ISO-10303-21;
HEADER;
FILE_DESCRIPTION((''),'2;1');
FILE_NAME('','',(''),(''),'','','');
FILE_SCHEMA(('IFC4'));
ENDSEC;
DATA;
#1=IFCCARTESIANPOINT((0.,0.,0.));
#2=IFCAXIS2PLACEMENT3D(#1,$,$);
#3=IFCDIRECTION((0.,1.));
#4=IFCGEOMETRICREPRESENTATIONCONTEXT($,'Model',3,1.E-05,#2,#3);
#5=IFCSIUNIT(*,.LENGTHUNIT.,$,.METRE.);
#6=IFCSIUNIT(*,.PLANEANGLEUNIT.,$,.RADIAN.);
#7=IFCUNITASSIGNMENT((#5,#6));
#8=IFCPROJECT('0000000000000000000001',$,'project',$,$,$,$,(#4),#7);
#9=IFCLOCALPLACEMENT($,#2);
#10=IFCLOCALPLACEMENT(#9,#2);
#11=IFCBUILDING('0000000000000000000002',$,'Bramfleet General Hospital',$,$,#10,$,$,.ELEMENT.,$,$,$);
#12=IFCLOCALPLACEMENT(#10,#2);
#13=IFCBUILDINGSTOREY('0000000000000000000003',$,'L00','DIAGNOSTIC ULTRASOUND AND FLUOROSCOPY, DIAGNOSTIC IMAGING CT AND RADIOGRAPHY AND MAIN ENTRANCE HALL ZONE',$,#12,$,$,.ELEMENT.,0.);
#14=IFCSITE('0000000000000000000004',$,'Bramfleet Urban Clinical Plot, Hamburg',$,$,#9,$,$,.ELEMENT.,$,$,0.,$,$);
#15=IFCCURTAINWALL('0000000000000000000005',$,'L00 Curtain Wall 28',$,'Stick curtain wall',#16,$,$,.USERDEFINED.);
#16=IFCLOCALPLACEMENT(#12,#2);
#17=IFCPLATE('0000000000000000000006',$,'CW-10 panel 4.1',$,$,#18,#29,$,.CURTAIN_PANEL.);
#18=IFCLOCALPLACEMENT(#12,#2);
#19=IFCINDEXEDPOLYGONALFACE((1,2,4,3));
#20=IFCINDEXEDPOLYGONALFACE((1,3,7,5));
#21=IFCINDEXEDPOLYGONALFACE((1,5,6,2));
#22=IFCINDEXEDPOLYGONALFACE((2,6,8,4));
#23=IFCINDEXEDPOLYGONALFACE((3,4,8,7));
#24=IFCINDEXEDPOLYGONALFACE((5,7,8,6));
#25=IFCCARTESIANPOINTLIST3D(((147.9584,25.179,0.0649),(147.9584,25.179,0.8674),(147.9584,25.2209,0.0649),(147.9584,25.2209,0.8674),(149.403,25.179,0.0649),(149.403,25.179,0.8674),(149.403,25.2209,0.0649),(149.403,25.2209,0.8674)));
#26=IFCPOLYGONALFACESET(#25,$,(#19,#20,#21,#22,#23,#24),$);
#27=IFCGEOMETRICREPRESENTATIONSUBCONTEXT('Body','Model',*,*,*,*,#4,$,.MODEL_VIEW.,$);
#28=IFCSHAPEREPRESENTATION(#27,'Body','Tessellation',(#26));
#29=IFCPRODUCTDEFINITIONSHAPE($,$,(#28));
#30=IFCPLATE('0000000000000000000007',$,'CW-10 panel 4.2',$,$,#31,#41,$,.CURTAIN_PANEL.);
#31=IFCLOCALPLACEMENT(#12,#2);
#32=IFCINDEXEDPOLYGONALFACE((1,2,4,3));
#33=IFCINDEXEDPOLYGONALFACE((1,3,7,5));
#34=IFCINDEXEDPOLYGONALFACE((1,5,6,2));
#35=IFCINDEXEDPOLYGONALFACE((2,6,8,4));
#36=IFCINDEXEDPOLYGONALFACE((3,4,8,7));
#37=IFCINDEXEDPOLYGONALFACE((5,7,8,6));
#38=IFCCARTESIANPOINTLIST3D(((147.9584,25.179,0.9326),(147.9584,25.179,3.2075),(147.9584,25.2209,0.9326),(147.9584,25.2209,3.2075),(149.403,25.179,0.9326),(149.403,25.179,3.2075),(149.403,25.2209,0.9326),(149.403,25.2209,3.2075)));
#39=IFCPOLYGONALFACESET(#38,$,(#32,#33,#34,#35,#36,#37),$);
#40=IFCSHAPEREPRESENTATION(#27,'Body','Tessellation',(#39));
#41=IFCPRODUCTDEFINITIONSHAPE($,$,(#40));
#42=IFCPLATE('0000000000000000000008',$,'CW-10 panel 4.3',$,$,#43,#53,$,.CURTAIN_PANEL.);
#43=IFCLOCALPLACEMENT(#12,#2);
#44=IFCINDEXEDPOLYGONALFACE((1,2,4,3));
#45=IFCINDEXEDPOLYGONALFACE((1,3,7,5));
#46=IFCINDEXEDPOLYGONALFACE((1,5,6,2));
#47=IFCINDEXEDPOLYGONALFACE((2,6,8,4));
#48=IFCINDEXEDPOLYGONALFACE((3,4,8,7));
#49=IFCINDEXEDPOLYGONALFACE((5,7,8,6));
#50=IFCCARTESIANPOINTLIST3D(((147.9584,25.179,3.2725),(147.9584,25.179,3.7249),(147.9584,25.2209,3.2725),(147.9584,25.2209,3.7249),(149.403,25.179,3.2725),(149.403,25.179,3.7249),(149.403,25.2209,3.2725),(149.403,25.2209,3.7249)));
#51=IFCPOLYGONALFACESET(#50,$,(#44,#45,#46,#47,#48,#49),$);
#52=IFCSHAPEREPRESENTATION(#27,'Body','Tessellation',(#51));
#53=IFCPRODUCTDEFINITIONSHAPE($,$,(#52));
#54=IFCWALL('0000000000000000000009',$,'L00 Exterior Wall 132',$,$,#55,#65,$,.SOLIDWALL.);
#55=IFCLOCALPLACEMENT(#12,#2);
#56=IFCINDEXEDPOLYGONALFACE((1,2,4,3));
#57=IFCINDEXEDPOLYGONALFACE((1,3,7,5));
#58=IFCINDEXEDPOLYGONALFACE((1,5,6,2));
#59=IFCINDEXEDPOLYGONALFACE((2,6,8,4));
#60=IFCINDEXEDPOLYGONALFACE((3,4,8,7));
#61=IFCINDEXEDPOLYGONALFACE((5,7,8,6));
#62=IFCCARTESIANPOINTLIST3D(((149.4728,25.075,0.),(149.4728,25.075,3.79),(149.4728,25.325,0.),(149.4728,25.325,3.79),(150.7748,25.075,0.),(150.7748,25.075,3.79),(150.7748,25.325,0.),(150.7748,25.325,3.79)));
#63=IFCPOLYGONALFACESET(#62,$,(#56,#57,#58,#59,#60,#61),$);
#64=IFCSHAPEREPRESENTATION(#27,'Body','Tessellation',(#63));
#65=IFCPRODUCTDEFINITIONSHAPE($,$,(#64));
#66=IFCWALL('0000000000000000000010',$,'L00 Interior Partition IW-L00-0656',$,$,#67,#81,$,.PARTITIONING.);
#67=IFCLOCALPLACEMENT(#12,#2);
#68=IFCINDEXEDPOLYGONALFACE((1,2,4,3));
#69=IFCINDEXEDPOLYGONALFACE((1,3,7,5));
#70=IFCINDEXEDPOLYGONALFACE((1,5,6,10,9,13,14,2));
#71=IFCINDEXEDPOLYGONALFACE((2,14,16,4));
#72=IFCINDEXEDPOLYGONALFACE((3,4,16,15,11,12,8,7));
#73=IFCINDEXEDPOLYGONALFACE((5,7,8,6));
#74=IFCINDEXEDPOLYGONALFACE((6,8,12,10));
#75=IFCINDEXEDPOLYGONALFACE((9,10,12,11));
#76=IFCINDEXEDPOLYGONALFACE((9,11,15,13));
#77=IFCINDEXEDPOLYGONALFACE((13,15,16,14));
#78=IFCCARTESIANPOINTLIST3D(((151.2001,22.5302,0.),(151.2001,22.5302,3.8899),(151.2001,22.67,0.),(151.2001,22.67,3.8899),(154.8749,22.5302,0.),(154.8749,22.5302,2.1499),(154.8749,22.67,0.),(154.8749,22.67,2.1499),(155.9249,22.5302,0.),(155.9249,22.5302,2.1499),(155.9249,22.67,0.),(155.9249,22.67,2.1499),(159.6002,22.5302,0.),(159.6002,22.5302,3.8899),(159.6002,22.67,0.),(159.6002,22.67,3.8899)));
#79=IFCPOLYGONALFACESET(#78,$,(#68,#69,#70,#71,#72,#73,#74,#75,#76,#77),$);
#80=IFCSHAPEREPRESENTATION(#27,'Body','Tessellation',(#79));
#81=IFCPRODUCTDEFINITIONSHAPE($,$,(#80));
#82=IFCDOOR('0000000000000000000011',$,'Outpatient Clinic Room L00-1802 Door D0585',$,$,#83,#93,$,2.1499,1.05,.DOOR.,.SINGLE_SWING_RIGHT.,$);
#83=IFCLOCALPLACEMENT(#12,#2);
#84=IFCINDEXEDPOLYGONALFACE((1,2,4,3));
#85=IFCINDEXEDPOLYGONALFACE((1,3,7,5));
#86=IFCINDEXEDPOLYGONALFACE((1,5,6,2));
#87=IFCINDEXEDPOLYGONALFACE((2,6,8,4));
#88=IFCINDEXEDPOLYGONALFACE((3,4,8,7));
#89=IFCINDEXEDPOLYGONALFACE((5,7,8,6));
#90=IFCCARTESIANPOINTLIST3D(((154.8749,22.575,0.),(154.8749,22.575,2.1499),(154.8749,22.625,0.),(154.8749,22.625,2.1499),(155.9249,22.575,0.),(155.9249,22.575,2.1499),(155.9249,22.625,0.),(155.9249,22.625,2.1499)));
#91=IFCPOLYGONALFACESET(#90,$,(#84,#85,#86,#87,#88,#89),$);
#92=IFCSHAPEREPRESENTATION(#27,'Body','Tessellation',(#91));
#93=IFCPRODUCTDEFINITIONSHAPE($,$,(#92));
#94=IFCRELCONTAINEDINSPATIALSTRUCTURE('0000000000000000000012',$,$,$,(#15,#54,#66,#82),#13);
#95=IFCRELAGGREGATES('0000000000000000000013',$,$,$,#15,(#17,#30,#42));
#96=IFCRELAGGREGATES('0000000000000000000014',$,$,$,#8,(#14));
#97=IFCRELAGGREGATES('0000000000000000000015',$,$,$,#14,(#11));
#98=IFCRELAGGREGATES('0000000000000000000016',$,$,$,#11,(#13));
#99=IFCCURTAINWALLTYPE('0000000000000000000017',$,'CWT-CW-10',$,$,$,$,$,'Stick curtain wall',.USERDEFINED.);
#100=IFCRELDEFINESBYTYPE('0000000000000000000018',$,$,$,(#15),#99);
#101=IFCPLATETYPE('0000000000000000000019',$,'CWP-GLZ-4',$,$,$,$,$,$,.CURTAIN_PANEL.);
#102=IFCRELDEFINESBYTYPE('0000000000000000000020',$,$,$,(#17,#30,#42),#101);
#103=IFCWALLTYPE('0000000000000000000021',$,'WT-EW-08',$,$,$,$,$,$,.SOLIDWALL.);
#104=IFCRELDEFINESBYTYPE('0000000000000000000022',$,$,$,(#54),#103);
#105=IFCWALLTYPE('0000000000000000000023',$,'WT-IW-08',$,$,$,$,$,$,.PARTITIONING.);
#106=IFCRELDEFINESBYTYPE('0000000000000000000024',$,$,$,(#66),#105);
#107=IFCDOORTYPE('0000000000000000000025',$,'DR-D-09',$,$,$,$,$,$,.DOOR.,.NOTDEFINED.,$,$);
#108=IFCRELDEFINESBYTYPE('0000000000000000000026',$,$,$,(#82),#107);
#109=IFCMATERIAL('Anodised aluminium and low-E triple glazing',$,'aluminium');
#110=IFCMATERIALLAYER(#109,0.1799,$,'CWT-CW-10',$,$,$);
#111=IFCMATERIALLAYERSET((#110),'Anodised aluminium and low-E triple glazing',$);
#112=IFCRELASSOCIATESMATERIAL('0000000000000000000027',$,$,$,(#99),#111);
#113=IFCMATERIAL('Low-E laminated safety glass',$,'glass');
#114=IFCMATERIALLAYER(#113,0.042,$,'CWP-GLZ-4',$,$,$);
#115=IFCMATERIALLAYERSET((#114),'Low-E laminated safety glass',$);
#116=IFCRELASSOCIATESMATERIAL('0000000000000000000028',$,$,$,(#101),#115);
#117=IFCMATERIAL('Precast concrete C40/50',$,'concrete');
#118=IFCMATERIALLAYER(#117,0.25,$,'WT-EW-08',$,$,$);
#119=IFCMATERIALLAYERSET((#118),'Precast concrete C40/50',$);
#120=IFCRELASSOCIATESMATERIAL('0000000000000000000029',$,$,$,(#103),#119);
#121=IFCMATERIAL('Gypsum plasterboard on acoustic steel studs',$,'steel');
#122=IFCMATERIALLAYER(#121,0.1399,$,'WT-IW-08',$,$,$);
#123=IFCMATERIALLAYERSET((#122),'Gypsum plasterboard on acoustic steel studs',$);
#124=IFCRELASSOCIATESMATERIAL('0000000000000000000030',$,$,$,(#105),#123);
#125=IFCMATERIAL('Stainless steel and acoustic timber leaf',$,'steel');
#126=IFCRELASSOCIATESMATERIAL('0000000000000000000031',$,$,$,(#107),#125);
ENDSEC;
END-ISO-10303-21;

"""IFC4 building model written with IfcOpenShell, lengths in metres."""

from ifc_helpers import new_model, si_unit, direction, frame, frame_2d, origin, origin_2d, place, context, subcontext, project, spatial, rectangle, extrude, material, layer, layer_set, type_object, element, fill, aggregate, save


model = new_model("IFC4")

# Units and contexts
model_context = context("Model", 3, precision=1e-05, world=origin(), true_north=direction((0.0, 1.0)))
body_context = subcontext(model_context, "Body", "Model", "MODEL_VIEW")
ifc_project = project(units=[si_unit("LENGTHUNIT", "METRE"), si_unit("PLANEANGLEUNIT", "RADIAN")], contexts=[model_context])

# Site, building, storey
site_placement = place(None, origin())
site = spatial("IfcSite", under=ifc_project, at=site_placement, Name="Bramfleet Urban Clinical Plot, Hamburg", CompositionType="ELEMENT", RefElevation=0.0)
building_placement = place(site_placement, origin())
building = spatial("IfcBuilding", under=site, at=building_placement, Name="Bramfleet General Hospital", CompositionType="ELEMENT")
storey_placement = place(building_placement, origin())
storey = spatial("IfcBuildingStorey", under=building, at=storey_placement, Name="L00", Description="DIAGNOSTIC ULTRASOUND AND FLUOROSCOPY, DIAGNOSTIC IMAGING CT AND RADIOGRAPHY AND MAIN ENTRANCE HALL ZONE", CompositionType="ELEMENT", Elevation=0.0)

# Curtain wall
ifc_material_1 = material(Name="Anodised aluminium and low-E triple glazing", Category="aluminium")
ifc_layer_1 = layer(ifc_material_1, 0.1799, Name="CWT-CW-10")
ifc_layer_set_1 = layer_set([ifc_layer_1], Name="Anodised aluminium and low-E triple glazing")
curtain_wall_type_1 = type_object("IfcCurtainWallType", Name="CWT-CW-10", ElementType="Stick curtain wall", PredefinedType="USERDEFINED", material=ifc_layer_set_1)
curtain_wall_1_placement = place(storey_placement, origin())
curtain_wall_1 = element("IfcCurtainWall", 1, at=curtain_wall_1_placement, inside=storey, type_object=curtain_wall_type_1, Name="L00 Curtain Wall 28", ObjectType="Stick curtain wall", PredefinedType="USERDEFINED")

# Plates
ifc_material_2 = material(Name="Low-E laminated safety glass", Category="glass")
ifc_layer_2 = layer(ifc_material_2, 0.042, Name="CWP-GLZ-4")
ifc_layer_set_2 = layer_set([ifc_layer_2], Name="Low-E laminated safety glass")
plate_type = type_object("IfcPlateType", Name="CWP-GLZ-4", PredefinedType="CURTAIN_PANEL", material=ifc_layer_set_2)
plate_1_placement = place(storey_placement, frame((148.6807, 25.2, 0.0649), z_axis=(0.0, 0.0, 1.0), x_axis=(1.0, 0.0, 0.0)))
plate_1 = element("IfcPlate", 2, at=plate_1_placement, type_object=plate_type, Name="CW-10 panel 4.1", PredefinedType="CURTAIN_PANEL", context=body_context, shape_type="SweptSolid", body=[
    extrude(rectangle(XDim=1.4446, YDim=0.042, at=origin_2d()), origin(), (0.0, 0.0, 1.0), 0.8025),
])
plate_2_placement = place(storey_placement, frame((148.6807, 25.2, 0.9326), z_axis=(0.0, 0.0, 1.0), x_axis=(1.0, 0.0, 0.0)))
plate_2 = element("IfcPlate", 3, at=plate_2_placement, type_object=plate_type, Name="CW-10 panel 4.2", PredefinedType="CURTAIN_PANEL", context=body_context, shape_type="SweptSolid", body=[
    extrude(rectangle(XDim=1.4446, YDim=0.042, at=origin_2d()), origin(), (0.0, 0.0, 1.0), 2.2749),
])
plate_3_placement = place(storey_placement, frame((148.6807, 25.2, 3.2725), z_axis=(0.0, 0.0, 1.0), x_axis=(1.0, 0.0, 0.0)))
plate_3 = element("IfcPlate", 4, at=plate_3_placement, type_object=plate_type, Name="CW-10 panel 4.3", PredefinedType="CURTAIN_PANEL", context=body_context, shape_type="SweptSolid", body=[
    extrude(rectangle(XDim=1.4446, YDim=0.042, at=origin_2d()), origin(), (0.0, 0.0, 1.0), 0.4524),
])
aggregate(curtain_wall_1, [plate_1, plate_2, plate_3])

# Wall
ifc_material_3 = material(Name="Precast concrete C40/50", Category="concrete")
ifc_layer_3 = layer(ifc_material_3, 0.25, Name="WT-EW-08")
ifc_layer_set_3 = layer_set([ifc_layer_3], Name="Precast concrete C40/50")
wall_type_1 = type_object("IfcWallType", Name="WT-EW-08", PredefinedType="SOLIDWALL", material=ifc_layer_set_3)
wall_1_placement = place(storey_placement, frame((149.4729, 25.2, 0.0), z_axis=(0.0, 0.0, 1.0), x_axis=(1.0, 0.0, 0.0)))
element("IfcWall", 5, at=wall_1_placement, inside=storey, type_object=wall_type_1, Name="L00 Exterior Wall 132", PredefinedType="SOLIDWALL", context=body_context, shape_type="SweptSolid", body=[
    extrude(rectangle(XDim=1.302, YDim=0.25, at=frame_2d((0.6509, 0.0))), origin(), (0.0, 0.0, 1.0), 3.79),
])

# Wall, opening, door
ifc_material_4 = material(Name="Gypsum plasterboard on acoustic steel studs", Category="steel")
ifc_layer_4 = layer(ifc_material_4, 0.1399, Name="WT-IW-08")
ifc_layer_set_4 = layer_set([ifc_layer_4], Name="Gypsum plasterboard on acoustic steel studs")
wall_type_2 = type_object("IfcWallType", Name="WT-IW-08", PredefinedType="PARTITIONING", material=ifc_layer_set_4)
wall_2_placement = place(storey_placement, frame((151.2, 22.6001, 0.0), z_axis=(0.0, 0.0, 1.0), x_axis=(1.0, 0.0, 0.0)))
wall_2 = element("IfcWall", 6, at=wall_2_placement, inside=storey, type_object=wall_type_2, Name="L00 Interior Partition IW-L00-0656", PredefinedType="PARTITIONING", context=body_context, shape_type="SweptSolid", body=[
    extrude(rectangle(XDim=8.4001, YDim=0.1399, at=frame_2d((4.2002, 0.0))), origin(), (0.0, 0.0, 1.0), 3.8899),
])
opening_placement = place(wall_2_placement, frame((3.675, 0.0, 0.0)))
opening = element("IfcOpeningElement", 7, at=opening_placement, cuts=wall_2, PredefinedType="OPENING", context=body_context, shape_type="SweptSolid", body=[
    extrude(rectangle(XDim=1.05, YDim=2.1499, at=frame_2d((0.5249, 1.075))), frame((0.0, 0.0798, 0.0), z_axis=(0.0, -1.0, 0.0), x_axis=(1.0, 0.0, 0.0)), (0.0, 0.0, 1.0), 0.1599),
])
ifc_material_5 = material(Name="Stainless steel and acoustic timber leaf", Category="steel")
door_type = type_object("IfcDoorType", Name="DR-D-09", OperationType="NOTDEFINED", PredefinedType="DOOR", material=ifc_material_5)
door_placement = place(opening_placement, origin())
door = element("IfcDoor", 8, at=door_placement, inside=storey, type_object=door_type, Name="Outpatient Clinic Room L00-1802 Door D0585", OperationType="SINGLE_SWING_RIGHT", OverallHeight=2.1499, OverallWidth=1.05, PredefinedType="DOOR", context=body_context, shape_type="SweptSolid", body=[
    extrude(rectangle(XDim=1.05, YDim=2.1499, at=frame_2d((0.5249, 1.075))), frame((0.0, 0.0249, 0.0), z_axis=(0.0, -1.0, 0.0), x_axis=(1.0, 0.0, 0.0)), (0.0, 0.0, 1.0), 0.05),
])
fill(opening, door)

save(model, "model.ifc")
